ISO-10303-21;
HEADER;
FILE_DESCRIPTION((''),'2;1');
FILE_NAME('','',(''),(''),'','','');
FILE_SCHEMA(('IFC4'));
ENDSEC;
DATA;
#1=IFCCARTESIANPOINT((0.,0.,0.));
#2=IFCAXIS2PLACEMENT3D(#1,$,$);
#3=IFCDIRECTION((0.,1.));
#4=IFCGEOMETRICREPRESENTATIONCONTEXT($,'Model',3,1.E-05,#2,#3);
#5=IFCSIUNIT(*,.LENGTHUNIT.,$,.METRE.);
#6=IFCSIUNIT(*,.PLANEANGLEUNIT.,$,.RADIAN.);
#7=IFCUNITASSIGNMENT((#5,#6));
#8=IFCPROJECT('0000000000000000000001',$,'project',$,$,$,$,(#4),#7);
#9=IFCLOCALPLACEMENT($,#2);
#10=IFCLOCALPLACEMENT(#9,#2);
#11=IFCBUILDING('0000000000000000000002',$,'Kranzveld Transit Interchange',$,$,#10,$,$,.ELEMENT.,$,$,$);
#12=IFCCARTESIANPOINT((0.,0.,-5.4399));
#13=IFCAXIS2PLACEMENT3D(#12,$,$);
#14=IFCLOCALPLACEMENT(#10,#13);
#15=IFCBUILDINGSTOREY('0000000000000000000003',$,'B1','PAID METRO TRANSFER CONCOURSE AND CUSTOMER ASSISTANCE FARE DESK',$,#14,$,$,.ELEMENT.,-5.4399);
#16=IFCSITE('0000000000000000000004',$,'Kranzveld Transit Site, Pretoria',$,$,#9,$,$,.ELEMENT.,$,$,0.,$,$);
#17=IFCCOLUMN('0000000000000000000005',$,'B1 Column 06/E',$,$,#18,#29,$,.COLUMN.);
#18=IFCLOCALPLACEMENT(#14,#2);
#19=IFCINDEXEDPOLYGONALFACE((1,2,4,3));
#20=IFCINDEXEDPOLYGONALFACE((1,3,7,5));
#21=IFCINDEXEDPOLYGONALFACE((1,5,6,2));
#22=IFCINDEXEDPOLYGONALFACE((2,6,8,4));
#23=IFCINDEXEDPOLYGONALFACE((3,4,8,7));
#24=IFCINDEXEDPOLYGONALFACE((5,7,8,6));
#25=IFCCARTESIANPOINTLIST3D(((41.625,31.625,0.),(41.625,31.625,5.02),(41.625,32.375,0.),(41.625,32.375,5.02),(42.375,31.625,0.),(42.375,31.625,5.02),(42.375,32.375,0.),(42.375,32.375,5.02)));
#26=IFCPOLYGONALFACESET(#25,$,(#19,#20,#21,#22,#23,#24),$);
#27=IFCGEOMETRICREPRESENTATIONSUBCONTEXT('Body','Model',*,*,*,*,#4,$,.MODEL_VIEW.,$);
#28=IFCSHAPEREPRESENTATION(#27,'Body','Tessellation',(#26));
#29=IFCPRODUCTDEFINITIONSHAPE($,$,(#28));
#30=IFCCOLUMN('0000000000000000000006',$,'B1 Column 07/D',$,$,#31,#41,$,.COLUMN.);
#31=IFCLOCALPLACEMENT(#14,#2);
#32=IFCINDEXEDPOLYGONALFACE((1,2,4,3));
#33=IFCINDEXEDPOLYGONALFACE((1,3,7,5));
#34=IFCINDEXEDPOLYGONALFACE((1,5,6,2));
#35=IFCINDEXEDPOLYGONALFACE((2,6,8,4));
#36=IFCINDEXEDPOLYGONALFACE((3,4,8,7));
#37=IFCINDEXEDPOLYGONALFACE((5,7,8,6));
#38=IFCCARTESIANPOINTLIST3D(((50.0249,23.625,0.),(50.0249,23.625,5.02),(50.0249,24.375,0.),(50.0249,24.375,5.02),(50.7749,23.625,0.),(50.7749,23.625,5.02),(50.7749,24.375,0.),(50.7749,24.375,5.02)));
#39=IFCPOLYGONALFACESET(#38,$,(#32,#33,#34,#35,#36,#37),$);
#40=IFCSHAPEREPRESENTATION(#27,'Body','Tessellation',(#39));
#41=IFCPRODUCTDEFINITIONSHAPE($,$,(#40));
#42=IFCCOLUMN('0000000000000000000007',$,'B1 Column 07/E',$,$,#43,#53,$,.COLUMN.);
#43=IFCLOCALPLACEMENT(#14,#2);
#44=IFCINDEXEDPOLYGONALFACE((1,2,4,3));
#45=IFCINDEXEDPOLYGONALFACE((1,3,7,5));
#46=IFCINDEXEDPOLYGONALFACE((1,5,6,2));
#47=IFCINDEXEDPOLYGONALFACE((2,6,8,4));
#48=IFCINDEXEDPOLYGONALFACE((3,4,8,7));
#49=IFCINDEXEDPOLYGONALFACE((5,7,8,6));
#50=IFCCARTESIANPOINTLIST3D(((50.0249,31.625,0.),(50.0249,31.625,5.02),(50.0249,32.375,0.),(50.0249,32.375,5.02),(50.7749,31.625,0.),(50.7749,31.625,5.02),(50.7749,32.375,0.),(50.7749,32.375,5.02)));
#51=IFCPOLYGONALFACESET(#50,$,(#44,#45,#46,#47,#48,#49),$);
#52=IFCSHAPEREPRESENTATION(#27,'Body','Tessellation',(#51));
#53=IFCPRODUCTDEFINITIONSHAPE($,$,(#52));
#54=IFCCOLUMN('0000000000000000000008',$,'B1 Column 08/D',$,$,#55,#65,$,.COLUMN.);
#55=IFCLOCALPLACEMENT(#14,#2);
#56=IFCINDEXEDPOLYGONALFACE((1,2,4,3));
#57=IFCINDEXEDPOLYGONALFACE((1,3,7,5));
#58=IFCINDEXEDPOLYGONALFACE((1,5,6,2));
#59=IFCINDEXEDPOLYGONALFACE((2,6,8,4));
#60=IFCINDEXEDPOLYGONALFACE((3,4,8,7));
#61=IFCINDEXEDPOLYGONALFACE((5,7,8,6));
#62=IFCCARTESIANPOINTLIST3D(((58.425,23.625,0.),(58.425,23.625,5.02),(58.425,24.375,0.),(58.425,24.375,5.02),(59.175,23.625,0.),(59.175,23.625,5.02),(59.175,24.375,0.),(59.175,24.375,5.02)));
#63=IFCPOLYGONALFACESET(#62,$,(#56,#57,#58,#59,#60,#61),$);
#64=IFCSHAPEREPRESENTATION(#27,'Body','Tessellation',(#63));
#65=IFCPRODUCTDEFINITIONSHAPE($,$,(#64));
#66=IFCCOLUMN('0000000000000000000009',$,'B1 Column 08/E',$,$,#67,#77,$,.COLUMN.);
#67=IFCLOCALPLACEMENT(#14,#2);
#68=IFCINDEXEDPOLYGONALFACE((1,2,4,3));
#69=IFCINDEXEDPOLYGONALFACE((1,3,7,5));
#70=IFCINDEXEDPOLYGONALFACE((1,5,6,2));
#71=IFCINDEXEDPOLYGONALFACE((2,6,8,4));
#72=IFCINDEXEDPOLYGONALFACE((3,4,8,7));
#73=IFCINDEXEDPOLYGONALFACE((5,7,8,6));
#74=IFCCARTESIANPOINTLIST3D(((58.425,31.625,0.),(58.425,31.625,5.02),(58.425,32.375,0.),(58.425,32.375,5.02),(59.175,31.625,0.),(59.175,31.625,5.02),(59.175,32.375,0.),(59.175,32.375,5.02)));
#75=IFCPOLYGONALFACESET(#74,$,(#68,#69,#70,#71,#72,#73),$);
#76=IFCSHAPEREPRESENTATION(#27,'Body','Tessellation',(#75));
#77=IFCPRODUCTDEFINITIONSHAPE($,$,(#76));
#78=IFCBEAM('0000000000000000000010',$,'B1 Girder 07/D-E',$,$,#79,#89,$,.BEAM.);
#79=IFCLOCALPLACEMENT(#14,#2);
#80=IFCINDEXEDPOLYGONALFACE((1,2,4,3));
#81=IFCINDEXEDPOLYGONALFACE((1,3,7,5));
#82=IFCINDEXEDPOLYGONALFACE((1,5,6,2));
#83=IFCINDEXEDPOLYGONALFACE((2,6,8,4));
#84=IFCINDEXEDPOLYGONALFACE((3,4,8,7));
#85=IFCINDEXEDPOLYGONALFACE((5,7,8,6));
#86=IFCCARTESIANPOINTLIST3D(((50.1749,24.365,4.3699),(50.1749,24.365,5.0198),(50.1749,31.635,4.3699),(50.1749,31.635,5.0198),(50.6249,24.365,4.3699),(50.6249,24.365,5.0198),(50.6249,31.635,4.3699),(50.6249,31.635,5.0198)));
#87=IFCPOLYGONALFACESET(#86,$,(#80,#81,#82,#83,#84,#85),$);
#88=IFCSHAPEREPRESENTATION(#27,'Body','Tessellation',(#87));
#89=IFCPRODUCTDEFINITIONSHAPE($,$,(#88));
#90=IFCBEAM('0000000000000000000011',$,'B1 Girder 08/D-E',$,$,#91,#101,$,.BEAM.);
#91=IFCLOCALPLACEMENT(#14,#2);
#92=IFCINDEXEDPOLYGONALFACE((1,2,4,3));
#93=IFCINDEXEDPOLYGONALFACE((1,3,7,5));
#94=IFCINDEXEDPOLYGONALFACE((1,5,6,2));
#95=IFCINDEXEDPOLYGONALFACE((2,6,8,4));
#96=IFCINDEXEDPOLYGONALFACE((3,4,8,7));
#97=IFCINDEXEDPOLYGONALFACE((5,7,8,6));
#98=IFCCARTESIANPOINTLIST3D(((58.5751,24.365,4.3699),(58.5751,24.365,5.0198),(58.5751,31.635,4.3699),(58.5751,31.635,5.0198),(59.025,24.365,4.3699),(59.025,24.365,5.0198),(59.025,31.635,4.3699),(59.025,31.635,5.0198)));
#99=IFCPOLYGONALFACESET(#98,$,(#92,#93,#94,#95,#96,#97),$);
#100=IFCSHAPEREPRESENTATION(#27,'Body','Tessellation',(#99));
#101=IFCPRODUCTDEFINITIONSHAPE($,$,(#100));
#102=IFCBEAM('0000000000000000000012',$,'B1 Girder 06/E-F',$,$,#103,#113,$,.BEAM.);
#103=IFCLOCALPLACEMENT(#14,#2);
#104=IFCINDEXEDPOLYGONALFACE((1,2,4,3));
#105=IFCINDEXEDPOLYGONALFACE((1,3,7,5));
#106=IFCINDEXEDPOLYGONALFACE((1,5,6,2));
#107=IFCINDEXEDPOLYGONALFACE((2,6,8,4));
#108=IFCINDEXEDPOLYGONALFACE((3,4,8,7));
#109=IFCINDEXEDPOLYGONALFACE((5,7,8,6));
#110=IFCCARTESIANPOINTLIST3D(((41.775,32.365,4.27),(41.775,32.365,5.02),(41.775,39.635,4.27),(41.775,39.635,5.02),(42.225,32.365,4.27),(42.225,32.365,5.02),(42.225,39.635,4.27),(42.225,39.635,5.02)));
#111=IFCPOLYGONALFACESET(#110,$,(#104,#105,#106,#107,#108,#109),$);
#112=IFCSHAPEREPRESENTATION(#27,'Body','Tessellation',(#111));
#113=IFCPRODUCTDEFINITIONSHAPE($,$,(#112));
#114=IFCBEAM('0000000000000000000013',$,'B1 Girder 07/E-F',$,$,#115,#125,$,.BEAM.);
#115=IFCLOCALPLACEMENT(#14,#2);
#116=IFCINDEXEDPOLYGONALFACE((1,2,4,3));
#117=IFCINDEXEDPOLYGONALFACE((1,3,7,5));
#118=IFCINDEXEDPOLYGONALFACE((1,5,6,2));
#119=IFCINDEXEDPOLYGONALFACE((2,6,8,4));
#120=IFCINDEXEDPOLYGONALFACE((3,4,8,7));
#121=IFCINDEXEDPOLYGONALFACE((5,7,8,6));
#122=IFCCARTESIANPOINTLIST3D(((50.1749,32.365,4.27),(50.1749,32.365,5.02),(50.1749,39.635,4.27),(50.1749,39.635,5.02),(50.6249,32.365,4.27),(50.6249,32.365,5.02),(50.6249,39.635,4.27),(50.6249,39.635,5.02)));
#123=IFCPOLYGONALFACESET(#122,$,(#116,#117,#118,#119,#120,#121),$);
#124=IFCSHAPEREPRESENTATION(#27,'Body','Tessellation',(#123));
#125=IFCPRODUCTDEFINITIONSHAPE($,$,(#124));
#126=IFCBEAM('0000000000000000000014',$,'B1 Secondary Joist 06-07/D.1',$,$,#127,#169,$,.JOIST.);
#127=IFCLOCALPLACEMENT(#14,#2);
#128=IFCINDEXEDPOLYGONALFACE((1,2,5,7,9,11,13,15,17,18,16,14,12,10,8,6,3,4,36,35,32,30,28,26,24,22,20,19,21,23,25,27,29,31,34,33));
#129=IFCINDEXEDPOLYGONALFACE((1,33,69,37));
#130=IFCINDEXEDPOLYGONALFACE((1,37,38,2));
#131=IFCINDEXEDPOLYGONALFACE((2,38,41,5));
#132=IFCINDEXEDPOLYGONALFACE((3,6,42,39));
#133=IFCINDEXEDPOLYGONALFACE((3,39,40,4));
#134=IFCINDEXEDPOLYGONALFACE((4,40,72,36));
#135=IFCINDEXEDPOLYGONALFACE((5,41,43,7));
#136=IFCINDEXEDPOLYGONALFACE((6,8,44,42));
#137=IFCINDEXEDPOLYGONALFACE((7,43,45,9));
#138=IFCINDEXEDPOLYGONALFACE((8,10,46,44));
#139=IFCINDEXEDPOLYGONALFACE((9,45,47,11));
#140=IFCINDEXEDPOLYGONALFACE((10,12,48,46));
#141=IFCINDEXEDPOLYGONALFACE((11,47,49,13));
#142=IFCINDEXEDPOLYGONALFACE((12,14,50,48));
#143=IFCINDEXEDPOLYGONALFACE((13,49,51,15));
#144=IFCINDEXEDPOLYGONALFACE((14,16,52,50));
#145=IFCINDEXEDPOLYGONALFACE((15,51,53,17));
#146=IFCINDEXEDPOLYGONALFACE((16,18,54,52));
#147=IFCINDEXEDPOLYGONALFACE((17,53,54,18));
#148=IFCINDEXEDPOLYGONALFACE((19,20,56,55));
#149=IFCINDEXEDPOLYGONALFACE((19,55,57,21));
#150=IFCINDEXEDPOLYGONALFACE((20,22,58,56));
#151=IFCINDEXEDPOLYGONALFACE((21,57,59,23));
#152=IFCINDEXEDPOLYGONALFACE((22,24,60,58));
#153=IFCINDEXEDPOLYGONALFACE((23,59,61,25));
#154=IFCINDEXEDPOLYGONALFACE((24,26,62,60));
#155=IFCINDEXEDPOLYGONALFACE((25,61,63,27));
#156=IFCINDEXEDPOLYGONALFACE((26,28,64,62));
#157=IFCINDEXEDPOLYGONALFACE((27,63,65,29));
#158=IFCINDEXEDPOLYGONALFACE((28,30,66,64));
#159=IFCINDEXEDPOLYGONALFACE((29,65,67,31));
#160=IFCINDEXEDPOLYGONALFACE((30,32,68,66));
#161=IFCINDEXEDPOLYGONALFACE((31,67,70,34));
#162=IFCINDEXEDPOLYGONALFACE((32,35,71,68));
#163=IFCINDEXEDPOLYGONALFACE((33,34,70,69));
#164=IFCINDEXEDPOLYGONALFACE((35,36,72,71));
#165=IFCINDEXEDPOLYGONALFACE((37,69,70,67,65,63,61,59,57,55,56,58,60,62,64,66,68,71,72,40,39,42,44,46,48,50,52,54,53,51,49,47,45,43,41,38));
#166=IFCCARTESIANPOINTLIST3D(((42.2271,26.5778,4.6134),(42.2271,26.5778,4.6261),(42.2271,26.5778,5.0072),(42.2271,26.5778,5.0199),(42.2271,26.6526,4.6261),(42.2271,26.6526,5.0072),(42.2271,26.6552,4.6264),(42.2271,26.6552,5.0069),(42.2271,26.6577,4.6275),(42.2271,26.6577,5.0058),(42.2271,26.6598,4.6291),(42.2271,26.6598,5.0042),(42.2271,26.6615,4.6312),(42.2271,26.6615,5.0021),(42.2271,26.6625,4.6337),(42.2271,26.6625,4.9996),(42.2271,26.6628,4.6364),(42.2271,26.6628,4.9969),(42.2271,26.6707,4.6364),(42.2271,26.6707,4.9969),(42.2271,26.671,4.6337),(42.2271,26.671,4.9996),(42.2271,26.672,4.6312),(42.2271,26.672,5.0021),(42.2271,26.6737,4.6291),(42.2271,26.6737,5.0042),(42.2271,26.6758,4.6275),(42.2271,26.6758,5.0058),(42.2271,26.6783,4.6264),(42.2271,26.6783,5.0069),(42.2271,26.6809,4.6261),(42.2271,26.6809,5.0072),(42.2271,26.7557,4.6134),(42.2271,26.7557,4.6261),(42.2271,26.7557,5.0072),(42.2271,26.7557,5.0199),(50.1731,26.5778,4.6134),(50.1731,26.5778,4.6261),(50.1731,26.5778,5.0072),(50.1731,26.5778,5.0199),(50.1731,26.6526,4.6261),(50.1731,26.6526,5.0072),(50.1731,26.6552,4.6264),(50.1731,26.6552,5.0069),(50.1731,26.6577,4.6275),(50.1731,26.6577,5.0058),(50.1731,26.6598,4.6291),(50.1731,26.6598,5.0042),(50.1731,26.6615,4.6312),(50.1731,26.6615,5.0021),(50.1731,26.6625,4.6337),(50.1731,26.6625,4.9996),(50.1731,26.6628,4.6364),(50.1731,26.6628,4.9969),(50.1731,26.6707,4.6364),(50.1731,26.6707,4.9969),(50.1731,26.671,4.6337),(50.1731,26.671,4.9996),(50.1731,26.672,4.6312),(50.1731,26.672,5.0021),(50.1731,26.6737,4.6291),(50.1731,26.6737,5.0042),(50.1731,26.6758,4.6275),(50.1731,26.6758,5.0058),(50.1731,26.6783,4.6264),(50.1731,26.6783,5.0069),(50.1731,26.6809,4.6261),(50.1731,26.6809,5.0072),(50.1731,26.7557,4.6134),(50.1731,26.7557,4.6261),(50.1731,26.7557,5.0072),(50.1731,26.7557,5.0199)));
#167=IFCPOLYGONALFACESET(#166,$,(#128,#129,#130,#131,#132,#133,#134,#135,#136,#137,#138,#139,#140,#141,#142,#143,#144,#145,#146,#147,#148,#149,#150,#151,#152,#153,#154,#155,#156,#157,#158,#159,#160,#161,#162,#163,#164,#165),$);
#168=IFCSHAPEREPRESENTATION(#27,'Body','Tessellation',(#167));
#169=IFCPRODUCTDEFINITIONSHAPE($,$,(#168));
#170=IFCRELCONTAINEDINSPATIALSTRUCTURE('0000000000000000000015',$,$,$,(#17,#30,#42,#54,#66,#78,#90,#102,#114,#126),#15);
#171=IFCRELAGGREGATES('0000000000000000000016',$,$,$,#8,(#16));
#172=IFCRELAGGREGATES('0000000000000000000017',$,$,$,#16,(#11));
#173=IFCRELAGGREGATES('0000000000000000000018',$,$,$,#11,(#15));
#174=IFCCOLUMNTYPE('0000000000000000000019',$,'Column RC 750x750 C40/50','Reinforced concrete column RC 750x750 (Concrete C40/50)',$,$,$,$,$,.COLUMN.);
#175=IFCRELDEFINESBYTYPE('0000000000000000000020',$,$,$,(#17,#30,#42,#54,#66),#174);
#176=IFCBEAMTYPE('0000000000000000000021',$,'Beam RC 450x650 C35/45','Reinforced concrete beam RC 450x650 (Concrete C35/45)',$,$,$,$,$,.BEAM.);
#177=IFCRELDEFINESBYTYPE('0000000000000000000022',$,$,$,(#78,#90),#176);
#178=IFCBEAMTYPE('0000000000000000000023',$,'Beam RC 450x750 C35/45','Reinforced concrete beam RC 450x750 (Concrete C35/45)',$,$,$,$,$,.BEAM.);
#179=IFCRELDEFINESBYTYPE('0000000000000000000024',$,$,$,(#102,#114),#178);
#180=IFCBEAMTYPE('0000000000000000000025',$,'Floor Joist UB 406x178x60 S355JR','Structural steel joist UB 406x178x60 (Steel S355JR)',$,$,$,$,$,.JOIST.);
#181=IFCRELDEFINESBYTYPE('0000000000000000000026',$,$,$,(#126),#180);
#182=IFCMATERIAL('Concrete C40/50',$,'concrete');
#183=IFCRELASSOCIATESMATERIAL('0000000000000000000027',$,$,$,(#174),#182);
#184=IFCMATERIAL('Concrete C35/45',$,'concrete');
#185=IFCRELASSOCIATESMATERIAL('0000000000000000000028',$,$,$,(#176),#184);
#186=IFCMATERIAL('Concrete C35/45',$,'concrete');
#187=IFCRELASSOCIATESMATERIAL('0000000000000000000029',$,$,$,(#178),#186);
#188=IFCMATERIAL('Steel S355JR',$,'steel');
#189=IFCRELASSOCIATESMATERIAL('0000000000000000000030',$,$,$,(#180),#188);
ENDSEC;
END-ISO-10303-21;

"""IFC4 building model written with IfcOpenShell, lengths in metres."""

from ifc_helpers import new_model, si_unit, direction, frame, origin, origin_2d, place, context, subcontext, project, spatial, rectangle, i_section, extrude, material, material_profile, profile_set, type_object, element, save


model = new_model("IFC4")

# Units and contexts
model_context = context("Model", 3, precision=1e-05, world=origin(), true_north=direction((0.0, 1.0)))
body_context = subcontext(model_context, "Body", "Model", "MODEL_VIEW")
ifc_project = project(units=[si_unit("LENGTHUNIT", "METRE"), si_unit("PLANEANGLEUNIT", "RADIAN")], contexts=[model_context])

# Site, building, storey
site_placement = place(None, origin())
site = spatial("IfcSite", under=ifc_project, at=site_placement, Name="Kranzveld Transit Site, Pretoria", CompositionType="ELEMENT", RefElevation=0.0)
building_placement = place(site_placement, origin())
building = spatial("IfcBuilding", under=site, at=building_placement, Name="Kranzveld Transit Interchange", CompositionType="ELEMENT")
storey_placement = place(building_placement, frame((0.0, 0.0, -5.4399)))
storey = spatial("IfcBuildingStorey", under=building, at=storey_placement, Name="B1", Description="PAID METRO TRANSFER CONCOURSE AND CUSTOMER ASSISTANCE FARE DESK", CompositionType="ELEMENT", Elevation=-5.4399)

# Columns
ifc_material_1 = material(Name="Concrete C40/50", Category="concrete")
ifc_material_profile_1 = material_profile(ifc_material_1, rectangle(XDim=0.75, YDim=0.75, at=origin_2d()), Name="RC 750x750")
ifc_profile_set_1 = profile_set([ifc_material_profile_1], Name="Concrete C40/50")
column_type = type_object("IfcColumnType", Name="Column RC 750x750 C40/50", Description="Reinforced concrete column RC 750x750 (Concrete C40/50)", PredefinedType="COLUMN", material=ifc_profile_set_1)
for number, where, z_axis, x_axis, name in (
    (1, (42.0, 32.0, 0.0), (0.0, 0.0, 1.0), (1.0, 0.0, 0.0), "B1 Column 06/E"),
    (2, (50.3999, 24.0, 0.0), (0.0, 0.0, 1.0), (1.0, 0.0, 0.0), "B1 Column 07/D"),
    (3, (50.3999, 32.0, 0.0), (0.0, 0.0, 1.0), (1.0, 0.0, 0.0), "B1 Column 07/E"),
    (4, (58.8, 24.0, 0.0), (0.0, 0.0, 1.0), (1.0, 0.0, 0.0), "B1 Column 08/D"),
    (5, (58.8, 32.0, 0.0), (0.0, 0.0, 1.0), (1.0, 0.0, 0.0), "B1 Column 08/E"),
):
    element("IfcColumn", number, at=place(storey_placement, frame(where, z_axis=z_axis, x_axis=x_axis)), inside=storey, type_object=column_type, Name=name, PredefinedType="COLUMN", context=body_context, shape_type="SweptSolid", body=[
        extrude(rectangle(XDim=0.75, YDim=0.75, at=origin_2d()), origin(), (0.0, 0.0, 1.0), 5.02),
    ])

# Beams
ifc_material_2 = material(Name="Concrete C35/45", Category="concrete")
ifc_material_profile_2 = material_profile(ifc_material_2, rectangle(XDim=0.45, YDim=0.6499, at=origin_2d()), Name="RC 450x650")
ifc_profile_set_2 = profile_set([ifc_material_profile_2], Name="Concrete C35/45")
beam_type_1 = type_object("IfcBeamType", Name="Beam RC 450x650 C35/45", Description="Reinforced concrete beam RC 450x650 (Concrete C35/45)", PredefinedType="BEAM", material=ifc_profile_set_2)
for number, where, z_axis, x_axis, name in (
    (6, (50.3999, 24.365, 4.6948), (0.0, 1.0, 0.0), (-1.0, 0.0, 0.0), "B1 Girder 07/D-E"),
    (7, (58.8, 24.365, 4.6948), (0.0, 1.0, 0.0), (-1.0, 0.0, 0.0), "B1 Girder 08/D-E"),
):
    element("IfcBeam", number, at=place(storey_placement, frame(where, z_axis=z_axis, x_axis=x_axis)), inside=storey, type_object=beam_type_1, Name=name, PredefinedType="BEAM", context=body_context, shape_type="SweptSolid", body=[
        extrude(rectangle(XDim=0.45, YDim=0.6499, at=origin_2d()), origin(), (0.0, 0.0, 1.0), 7.27),
    ])
ifc_material_3 = material(Name="Concrete C35/45", Category="concrete")
ifc_material_profile_3 = material_profile(ifc_material_3, rectangle(XDim=0.45, YDim=0.75, at=origin_2d()), Name="RC 450x750")
ifc_profile_set_3 = profile_set([ifc_material_profile_3], Name="Concrete C35/45")
beam_type_2 = type_object("IfcBeamType", Name="Beam RC 450x750 C35/45", Description="Reinforced concrete beam RC 450x750 (Concrete C35/45)", PredefinedType="BEAM", material=ifc_profile_set_3)
for number, where, z_axis, x_axis, name in (
    (8, (42.0, 32.365, 4.645), (0.0, 1.0, 0.0), (-1.0, 0.0, 0.0), "B1 Girder 06/E-F"),
    (9, (50.3999, 32.365, 4.645), (0.0, 1.0, 0.0), (-1.0, 0.0, 0.0), "B1 Girder 07/E-F"),
):
    element("IfcBeam", number, at=place(storey_placement, frame(where, z_axis=z_axis, x_axis=x_axis)), inside=storey, type_object=beam_type_2, Name=name, PredefinedType="BEAM", context=body_context, shape_type="SweptSolid", body=[
        extrude(rectangle(XDim=0.45, YDim=0.75, at=origin_2d()), origin(), (0.0, 0.0, 1.0), 7.27),
    ])
ifc_material_4 = material(Name="Steel S355JR", Category="steel")
ifc_material_profile_4 = material_profile(ifc_material_4, i_section(OverallWidth=0.178, OverallDepth=0.4065, WebThickness=0.0078, FlangeThickness=0.0127, FilletRadius=0.0103, at=origin_2d()), Name="UB 406x178x60")
ifc_profile_set_4 = profile_set([ifc_material_profile_4], Name="Steel S355JR")
beam_type_3 = type_object("IfcBeamType", Name="Floor Joist UB 406x178x60 S355JR", Description="Structural steel joist UB 406x178x60 (Steel S355JR)", PredefinedType="JOIST", material=ifc_profile_set_4)
for number, where, z_axis, x_axis, name in (
    (10, (42.2271, 26.6667, 4.8167), (1.0, 0.0, 0.0), (0.0, 1.0, 0.0), "B1 Secondary Joist 06-07/D.1"),
):
    element("IfcBeam", number, at=place(storey_placement, frame(where, z_axis=z_axis, x_axis=x_axis)), inside=storey, type_object=beam_type_3, Name=name, PredefinedType="JOIST", context=body_context, shape_type="SweptSolid", body=[
        extrude(i_section(OverallWidth=0.178, OverallDepth=0.4065, WebThickness=0.0078, FlangeThickness=0.0127, FilletRadius=0.0103, at=origin_2d()), origin(), (0.0, 0.0, 1.0), 7.946),
    ])

save(model, "model.ifc")
